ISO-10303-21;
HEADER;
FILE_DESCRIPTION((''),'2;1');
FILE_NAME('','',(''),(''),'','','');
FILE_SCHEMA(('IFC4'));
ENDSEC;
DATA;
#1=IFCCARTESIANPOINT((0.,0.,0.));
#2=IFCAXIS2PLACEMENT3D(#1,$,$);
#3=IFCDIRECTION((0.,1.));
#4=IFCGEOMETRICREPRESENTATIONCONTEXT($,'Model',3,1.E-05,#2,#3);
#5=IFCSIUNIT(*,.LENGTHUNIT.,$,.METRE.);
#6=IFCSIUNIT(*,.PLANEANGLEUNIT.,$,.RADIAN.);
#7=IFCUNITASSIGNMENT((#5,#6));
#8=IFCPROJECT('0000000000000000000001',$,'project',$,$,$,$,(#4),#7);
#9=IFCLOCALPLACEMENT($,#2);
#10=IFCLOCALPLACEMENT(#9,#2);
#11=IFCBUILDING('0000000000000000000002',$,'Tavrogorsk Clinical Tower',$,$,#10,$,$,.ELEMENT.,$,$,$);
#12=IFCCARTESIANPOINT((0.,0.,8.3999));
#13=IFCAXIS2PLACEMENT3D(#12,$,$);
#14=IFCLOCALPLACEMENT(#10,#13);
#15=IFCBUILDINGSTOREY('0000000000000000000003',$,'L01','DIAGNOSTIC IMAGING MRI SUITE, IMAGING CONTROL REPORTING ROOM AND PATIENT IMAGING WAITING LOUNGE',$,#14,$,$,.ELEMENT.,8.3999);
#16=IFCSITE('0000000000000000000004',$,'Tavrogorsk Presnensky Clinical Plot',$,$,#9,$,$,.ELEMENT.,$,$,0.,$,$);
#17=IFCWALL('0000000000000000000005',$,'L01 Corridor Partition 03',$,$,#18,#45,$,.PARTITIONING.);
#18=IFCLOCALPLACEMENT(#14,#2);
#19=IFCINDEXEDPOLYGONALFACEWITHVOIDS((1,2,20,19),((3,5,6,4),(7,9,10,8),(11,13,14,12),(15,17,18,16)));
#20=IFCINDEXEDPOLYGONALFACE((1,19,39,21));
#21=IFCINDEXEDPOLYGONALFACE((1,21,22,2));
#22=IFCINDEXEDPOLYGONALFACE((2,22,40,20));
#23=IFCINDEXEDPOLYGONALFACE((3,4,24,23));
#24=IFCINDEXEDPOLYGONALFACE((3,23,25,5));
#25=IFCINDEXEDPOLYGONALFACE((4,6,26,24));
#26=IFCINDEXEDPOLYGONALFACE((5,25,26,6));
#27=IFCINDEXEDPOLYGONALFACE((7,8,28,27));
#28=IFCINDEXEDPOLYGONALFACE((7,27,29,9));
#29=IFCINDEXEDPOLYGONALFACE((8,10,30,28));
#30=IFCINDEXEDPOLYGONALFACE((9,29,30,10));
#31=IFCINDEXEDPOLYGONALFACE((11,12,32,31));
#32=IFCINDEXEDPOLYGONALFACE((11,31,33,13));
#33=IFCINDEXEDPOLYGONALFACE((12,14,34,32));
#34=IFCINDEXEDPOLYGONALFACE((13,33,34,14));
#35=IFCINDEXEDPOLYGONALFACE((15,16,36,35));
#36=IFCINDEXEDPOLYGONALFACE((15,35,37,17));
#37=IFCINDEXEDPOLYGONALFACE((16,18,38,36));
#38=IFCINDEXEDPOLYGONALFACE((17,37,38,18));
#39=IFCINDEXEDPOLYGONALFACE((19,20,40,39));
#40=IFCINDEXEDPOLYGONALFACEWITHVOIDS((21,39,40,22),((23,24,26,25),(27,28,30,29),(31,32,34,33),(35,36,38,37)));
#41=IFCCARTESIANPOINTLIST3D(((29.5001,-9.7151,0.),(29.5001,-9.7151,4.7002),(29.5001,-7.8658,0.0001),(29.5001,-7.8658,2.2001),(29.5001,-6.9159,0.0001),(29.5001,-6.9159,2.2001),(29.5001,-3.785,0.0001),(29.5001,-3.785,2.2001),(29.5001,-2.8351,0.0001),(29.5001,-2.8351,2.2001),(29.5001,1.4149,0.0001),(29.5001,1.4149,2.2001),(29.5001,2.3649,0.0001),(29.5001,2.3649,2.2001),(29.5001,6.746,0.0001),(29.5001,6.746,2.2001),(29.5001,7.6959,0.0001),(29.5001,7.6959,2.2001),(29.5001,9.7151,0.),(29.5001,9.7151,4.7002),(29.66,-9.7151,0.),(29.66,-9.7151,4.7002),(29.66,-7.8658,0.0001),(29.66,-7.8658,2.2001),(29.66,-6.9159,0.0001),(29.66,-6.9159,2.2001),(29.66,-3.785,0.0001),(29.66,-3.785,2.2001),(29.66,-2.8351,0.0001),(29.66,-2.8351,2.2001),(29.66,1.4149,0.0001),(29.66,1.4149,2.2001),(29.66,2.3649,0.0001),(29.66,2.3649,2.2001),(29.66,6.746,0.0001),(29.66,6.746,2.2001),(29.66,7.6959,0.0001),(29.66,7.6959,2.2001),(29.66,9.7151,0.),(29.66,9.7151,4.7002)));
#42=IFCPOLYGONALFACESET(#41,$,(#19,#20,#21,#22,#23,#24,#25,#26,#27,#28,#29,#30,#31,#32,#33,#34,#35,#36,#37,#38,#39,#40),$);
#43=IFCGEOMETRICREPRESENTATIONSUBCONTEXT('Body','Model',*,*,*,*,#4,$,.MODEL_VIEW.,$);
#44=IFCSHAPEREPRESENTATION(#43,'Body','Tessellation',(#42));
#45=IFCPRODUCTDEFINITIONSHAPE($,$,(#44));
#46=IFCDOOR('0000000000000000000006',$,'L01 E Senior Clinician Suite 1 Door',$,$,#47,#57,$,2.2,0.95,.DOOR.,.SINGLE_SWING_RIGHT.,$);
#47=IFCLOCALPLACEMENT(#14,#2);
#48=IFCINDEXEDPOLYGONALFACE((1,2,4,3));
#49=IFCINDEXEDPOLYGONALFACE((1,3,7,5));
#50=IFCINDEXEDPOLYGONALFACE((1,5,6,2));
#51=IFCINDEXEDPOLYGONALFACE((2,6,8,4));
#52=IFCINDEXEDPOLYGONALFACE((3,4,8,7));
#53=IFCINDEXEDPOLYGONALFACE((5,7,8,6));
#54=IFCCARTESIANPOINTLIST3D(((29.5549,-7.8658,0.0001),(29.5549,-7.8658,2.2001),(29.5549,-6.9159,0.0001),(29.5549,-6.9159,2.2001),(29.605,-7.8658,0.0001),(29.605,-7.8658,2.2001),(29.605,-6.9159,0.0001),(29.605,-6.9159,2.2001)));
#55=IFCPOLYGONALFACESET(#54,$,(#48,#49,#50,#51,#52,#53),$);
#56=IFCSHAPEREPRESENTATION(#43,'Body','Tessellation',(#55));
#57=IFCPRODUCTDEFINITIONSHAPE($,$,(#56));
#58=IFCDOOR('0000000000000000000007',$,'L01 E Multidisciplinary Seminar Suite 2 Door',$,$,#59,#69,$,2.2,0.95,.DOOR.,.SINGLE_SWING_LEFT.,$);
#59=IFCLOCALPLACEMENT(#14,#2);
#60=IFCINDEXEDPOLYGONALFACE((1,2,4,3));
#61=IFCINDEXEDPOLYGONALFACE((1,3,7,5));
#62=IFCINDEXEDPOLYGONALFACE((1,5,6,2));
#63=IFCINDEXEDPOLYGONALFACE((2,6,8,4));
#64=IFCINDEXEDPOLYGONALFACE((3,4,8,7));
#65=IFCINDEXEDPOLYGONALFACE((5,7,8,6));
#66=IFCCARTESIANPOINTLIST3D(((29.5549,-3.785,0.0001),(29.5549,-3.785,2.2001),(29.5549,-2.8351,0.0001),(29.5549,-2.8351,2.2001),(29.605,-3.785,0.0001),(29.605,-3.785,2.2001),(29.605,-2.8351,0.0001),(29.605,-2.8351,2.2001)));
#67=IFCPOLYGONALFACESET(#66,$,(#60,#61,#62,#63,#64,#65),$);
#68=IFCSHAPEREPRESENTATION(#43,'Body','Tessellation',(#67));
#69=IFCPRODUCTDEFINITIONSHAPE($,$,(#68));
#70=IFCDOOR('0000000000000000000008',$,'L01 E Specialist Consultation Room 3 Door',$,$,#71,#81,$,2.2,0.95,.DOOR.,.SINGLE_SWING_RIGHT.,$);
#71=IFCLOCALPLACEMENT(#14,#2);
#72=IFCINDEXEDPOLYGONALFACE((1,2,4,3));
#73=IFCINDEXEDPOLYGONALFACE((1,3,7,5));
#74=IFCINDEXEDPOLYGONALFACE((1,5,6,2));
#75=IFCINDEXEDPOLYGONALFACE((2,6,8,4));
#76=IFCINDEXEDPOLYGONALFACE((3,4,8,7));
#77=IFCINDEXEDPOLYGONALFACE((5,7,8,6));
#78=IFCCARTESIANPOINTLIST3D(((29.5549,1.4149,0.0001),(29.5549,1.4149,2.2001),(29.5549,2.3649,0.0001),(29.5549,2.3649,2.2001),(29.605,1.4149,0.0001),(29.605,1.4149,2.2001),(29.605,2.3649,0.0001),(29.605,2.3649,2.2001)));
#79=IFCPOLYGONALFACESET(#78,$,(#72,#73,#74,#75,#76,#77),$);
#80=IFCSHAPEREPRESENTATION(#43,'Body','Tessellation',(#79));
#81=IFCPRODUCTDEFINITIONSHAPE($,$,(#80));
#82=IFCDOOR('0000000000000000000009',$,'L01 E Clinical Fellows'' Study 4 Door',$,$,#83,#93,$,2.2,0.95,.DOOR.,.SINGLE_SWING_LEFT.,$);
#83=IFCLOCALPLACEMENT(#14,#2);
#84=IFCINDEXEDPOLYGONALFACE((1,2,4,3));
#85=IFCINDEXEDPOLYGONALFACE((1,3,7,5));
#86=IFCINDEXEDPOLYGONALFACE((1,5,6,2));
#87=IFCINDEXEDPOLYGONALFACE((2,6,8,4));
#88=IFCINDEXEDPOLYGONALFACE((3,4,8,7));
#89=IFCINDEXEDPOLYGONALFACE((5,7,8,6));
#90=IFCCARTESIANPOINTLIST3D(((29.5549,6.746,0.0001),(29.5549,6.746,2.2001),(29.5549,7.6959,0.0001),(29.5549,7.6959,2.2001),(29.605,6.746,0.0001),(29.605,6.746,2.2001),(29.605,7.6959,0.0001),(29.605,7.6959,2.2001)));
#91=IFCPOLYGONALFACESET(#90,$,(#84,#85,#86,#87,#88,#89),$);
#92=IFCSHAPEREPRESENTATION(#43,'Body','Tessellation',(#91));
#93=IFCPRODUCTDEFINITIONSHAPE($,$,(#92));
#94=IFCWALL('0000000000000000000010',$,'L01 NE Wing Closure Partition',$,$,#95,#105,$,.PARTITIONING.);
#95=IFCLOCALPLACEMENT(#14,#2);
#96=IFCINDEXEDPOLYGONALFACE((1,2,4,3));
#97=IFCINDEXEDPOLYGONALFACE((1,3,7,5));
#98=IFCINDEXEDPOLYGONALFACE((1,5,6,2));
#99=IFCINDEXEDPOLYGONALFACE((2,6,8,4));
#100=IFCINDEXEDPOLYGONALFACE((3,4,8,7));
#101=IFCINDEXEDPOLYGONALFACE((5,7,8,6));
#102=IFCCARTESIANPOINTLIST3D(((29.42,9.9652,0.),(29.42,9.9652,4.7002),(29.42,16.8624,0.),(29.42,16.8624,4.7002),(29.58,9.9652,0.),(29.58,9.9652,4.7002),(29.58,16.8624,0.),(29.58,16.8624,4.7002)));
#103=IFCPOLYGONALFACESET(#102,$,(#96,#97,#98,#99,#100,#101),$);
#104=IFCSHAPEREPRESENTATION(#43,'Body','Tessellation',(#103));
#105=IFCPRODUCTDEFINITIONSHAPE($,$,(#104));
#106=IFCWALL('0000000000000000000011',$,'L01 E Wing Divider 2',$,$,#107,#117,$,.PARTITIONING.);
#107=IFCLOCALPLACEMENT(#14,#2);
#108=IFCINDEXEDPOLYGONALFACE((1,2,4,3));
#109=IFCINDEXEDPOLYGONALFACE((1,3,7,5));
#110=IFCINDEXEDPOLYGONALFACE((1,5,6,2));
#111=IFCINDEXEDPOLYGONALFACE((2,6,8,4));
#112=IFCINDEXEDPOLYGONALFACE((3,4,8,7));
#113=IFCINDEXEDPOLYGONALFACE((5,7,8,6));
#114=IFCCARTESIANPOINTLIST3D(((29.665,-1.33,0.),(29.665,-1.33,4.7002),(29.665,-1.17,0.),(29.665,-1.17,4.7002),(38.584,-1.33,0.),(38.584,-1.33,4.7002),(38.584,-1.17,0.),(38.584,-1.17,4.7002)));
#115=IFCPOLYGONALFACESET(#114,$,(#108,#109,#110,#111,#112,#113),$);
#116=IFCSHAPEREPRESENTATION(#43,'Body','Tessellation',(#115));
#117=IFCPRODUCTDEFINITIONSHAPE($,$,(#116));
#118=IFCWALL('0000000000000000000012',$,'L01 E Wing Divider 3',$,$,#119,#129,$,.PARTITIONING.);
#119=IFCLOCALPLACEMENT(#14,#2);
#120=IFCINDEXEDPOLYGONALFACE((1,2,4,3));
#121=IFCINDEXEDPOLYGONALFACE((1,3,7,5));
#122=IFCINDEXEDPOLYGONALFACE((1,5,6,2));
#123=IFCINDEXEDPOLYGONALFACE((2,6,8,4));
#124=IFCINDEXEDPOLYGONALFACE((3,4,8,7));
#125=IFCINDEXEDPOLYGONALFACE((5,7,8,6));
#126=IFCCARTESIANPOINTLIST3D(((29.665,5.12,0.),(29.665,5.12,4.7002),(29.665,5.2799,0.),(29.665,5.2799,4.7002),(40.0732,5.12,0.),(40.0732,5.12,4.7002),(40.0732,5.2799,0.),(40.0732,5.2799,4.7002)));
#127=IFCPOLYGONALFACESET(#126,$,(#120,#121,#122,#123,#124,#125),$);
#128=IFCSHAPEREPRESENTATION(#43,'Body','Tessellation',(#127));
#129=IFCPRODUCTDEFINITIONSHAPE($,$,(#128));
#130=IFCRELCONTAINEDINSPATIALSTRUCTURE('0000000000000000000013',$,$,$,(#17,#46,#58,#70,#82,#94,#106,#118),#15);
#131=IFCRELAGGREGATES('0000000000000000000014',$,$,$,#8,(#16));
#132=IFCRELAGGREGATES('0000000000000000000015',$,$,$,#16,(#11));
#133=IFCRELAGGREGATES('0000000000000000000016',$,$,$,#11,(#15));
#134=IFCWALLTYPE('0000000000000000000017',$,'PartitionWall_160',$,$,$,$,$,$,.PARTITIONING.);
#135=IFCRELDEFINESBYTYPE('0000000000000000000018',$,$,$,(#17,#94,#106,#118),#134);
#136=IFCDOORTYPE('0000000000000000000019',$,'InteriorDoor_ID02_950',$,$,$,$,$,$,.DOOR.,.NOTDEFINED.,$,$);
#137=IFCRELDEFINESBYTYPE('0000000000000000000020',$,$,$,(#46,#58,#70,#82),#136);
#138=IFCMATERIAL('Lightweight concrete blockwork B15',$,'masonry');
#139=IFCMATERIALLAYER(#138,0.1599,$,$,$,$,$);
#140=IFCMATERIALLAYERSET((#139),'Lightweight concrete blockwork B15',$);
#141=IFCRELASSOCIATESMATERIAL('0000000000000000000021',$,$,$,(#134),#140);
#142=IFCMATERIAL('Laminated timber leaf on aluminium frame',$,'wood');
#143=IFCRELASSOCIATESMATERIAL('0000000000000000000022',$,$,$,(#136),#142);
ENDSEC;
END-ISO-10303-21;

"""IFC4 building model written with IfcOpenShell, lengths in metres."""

from ifc_helpers import new_model, si_unit, direction, frame, frame_2d, origin, place, context, subcontext, project, spatial, rectangle, extrude, material, layer, layer_set, type_object, element, fill, save


model = new_model("IFC4")

# Units and contexts
model_context = context("Model", 3, precision=1e-05, world=origin(), true_north=direction((0.0, 1.0)))
body_context = subcontext(model_context, "Body", "Model", "MODEL_VIEW")
ifc_project = project(units=[si_unit("LENGTHUNIT", "METRE"), si_unit("PLANEANGLEUNIT", "RADIAN")], contexts=[model_context])

# Site, building, storey
site_placement = place(None, origin())
site = spatial("IfcSite", under=ifc_project, at=site_placement, Name="Tavrogorsk Presnensky Clinical Plot", CompositionType="ELEMENT", RefElevation=0.0)
building_placement = place(site_placement, origin())
building = spatial("IfcBuilding", under=site, at=building_placement, Name="Tavrogorsk Clinical Tower", CompositionType="ELEMENT")
storey_placement = place(building_placement, frame((0.0, 0.0, 8.3999)))
storey = spatial("IfcBuildingStorey", under=building, at=storey_placement, Name="L01", Description="DIAGNOSTIC IMAGING MRI SUITE, IMAGING CONTROL REPORTING ROOM AND PATIENT IMAGING WAITING LOUNGE", CompositionType="ELEMENT", Elevation=8.3999)

# Shared definitions
ifc_material_1 = material(Name="Lightweight concrete blockwork B15", Category="masonry")
ifc_layer_1 = layer(ifc_material_1, 0.1599)
ifc_layer_set_1 = layer_set([ifc_layer_1], Name="Lightweight concrete blockwork B15")
wall_type_1 = type_object("IfcWallType", Name="PartitionWall_160", PredefinedType="PARTITIONING", material=ifc_layer_set_1)

# Wall, openings, doors
wall_1_placement = place(storey_placement, frame((29.5801, 9.7151, 0.0), z_axis=(0.0, 0.0, 1.0), x_axis=(0.0, -1.0, 0.0)))
wall_1 = element("IfcWall", 1, at=wall_1_placement, inside=storey, type_object=wall_type_1, Name="L01 Corridor Partition 03", PredefinedType="PARTITIONING", context=body_context, shape_type="SweptSolid", body=[
    extrude(rectangle(XDim=19.4302, YDim=0.1599, at=frame_2d((9.7151, 0.0))), origin(), (0.0, 0.0, 1.0), 4.7002),
])
opening_1_placement = place(wall_1_placement, frame((16.6309, 0.0, 0.0)))
opening_1 = element("IfcOpeningElement", 2, at=opening_1_placement, cuts=wall_1, PredefinedType="OPENING", context=body_context, shape_type="SweptSolid", body=[
    extrude(rectangle(XDim=0.95, YDim=2.2, at=frame_2d((0.4751, 1.1001))), frame((0.0, 0.0898, 0.0), z_axis=(0.0, -1.0, 0.0), x_axis=(1.0, 0.0, 0.0)), (0.0, 0.0, 1.0), 0.1799),
])
opening_2_placement = place(wall_1_placement, frame((12.55, 0.0, 0.0)))
opening_2 = element("IfcOpeningElement", 3, at=opening_2_placement, cuts=wall_1, PredefinedType="OPENING", context=body_context, shape_type="SweptSolid", body=[
    extrude(rectangle(XDim=0.95, YDim=2.2, at=frame_2d((0.4751, 1.1001))), frame((0.0, 0.0898, 0.0), z_axis=(0.0, -1.0, 0.0), x_axis=(1.0, 0.0, 0.0)), (0.0, 0.0, 1.0), 0.1799),
])
opening_3_placement = place(wall_1_placement, frame((7.3501, 0.0, 0.0)))
opening_3 = element("IfcOpeningElement", 4, at=opening_3_placement, cuts=wall_1, PredefinedType="OPENING", context=body_context, shape_type="SweptSolid", body=[
    extrude(rectangle(XDim=0.95, YDim=2.2, at=frame_2d((0.4751, 1.1001))), frame((0.0, 0.0898, 0.0), z_axis=(0.0, -1.0, 0.0), x_axis=(1.0, 0.0, 0.0)), (0.0, 0.0, 1.0), 0.1799),
])
opening_4_placement = place(wall_1_placement, frame((2.019, 0.0, 0.0)))
opening_4 = element("IfcOpeningElement", 5, at=opening_4_placement, cuts=wall_1, PredefinedType="OPENING", context=body_context, shape_type="SweptSolid", body=[
    extrude(rectangle(XDim=0.95, YDim=2.2, at=frame_2d((0.4751, 1.1001))), frame((0.0, 0.0898, 0.0), z_axis=(0.0, -1.0, 0.0), x_axis=(1.0, 0.0, 0.0)), (0.0, 0.0, 1.0), 0.1799),
])
ifc_material_2 = material(Name="Laminated timber leaf on aluminium frame", Category="wood")
door_type = type_object("IfcDoorType", Name="InteriorDoor_ID02_950", OperationType="NOTDEFINED", PredefinedType="DOOR", material=ifc_material_2)
door_1_placement = place(opening_1_placement, origin())
door_1 = element("IfcDoor", 6, at=door_1_placement, inside=storey, type_object=door_type, Name="L01 E Senior Clinician Suite 1 Door", OperationType="SINGLE_SWING_RIGHT", OverallHeight=2.2, OverallWidth=0.95, PredefinedType="DOOR", context=body_context, shape_type="SweptSolid", body=[
    extrude(rectangle(XDim=0.95, YDim=2.2, at=frame_2d((0.4751, 1.1001))), frame((0.0, 0.0249, 0.0), z_axis=(0.0, -1.0, 0.0), x_axis=(1.0, 0.0, 0.0)), (0.0, 0.0, 1.0), 0.05),
])
fill(opening_1, door_1)
door_2_placement = place(opening_2_placement, origin())
door_2 = element("IfcDoor", 7, at=door_2_placement, inside=storey, type_object=door_type, Name="L01 E Multidisciplinary Seminar Suite 2 Door", OperationType="SINGLE_SWING_LEFT", OverallHeight=2.2, OverallWidth=0.95, PredefinedType="DOOR", context=body_context, shape_type="SweptSolid", body=[
    extrude(rectangle(XDim=0.95, YDim=2.2, at=frame_2d((0.4751, 1.1001))), frame((0.0, 0.0249, 0.0), z_axis=(0.0, -1.0, 0.0), x_axis=(1.0, 0.0, 0.0)), (0.0, 0.0, 1.0), 0.05),
])
fill(opening_2, door_2)
door_3_placement = place(opening_3_placement, origin())
door_3 = element("IfcDoor", 8, at=door_3_placement, inside=storey, type_object=door_type, Name="L01 E Specialist Consultation Room 3 Door", OperationType="SINGLE_SWING_RIGHT", OverallHeight=2.2, OverallWidth=0.95, PredefinedType="DOOR", context=body_context, shape_type="SweptSolid", body=[
    extrude(rectangle(XDim=0.95, YDim=2.2, at=frame_2d((0.4751, 1.1001))), frame((0.0, 0.0249, 0.0), z_axis=(0.0, -1.0, 0.0), x_axis=(1.0, 0.0, 0.0)), (0.0, 0.0, 1.0), 0.05),
])
fill(opening_3, door_3)
door_4_placement = place(opening_4_placement, origin())
door_4 = element("IfcDoor", 9, at=door_4_placement, inside=storey, type_object=door_type, Name="L01 E Clinical Fellows' Study 4 Door", OperationType="SINGLE_SWING_LEFT", OverallHeight=2.2, OverallWidth=0.95, PredefinedType="DOOR", context=body_context, shape_type="SweptSolid", body=[
    extrude(rectangle(XDim=0.95, YDim=2.2, at=frame_2d((0.4751, 1.1001))), frame((0.0, 0.0249, 0.0), z_axis=(0.0, -1.0, 0.0), x_axis=(1.0, 0.0, 0.0)), (0.0, 0.0, 1.0), 0.05),
])
fill(opening_4, door_4)

# Walls
wall_2_placement = place(storey_placement, frame((29.5, 9.9651, 0.0), z_axis=(0.0, 0.0, 1.0), x_axis=(0.0, 1.0, 0.0)))
element("IfcWall", 10, at=wall_2_placement, inside=storey, type_object=wall_type_1, Name="L01 NE Wing Closure Partition", PredefinedType="PARTITIONING", context=body_context, shape_type="SweptSolid", body=[
    extrude(rectangle(XDim=6.8972, YDim=0.1599, at=frame_2d((3.4487, 0.0))), origin(), (0.0, 0.0, 1.0), 4.7002),
])
wall_3_placement = place(storey_placement, frame((29.665, -1.25, 0.0), z_axis=(0.0, 0.0, 1.0), x_axis=(1.0, 0.0, 0.0)))
element("IfcWall", 11, at=wall_3_placement, inside=storey, type_object=wall_type_1, Name="L01 E Wing Divider 2", PredefinedType="PARTITIONING", context=body_context, shape_type="SweptSolid", body=[
    extrude(rectangle(XDim=8.9189, YDim=0.1599, at=frame_2d((4.4595, 0.0))), origin(), (0.0, 0.0, 1.0), 4.7002),
])
wall_4_placement = place(storey_placement, frame((29.665, 5.2, 0.0), z_axis=(0.0, 0.0, 1.0), x_axis=(1.0, 0.0, 0.0)))
element("IfcWall", 12, at=wall_4_placement, inside=storey, type_object=wall_type_1, Name="L01 E Wing Divider 3", PredefinedType="PARTITIONING", context=body_context, shape_type="SweptSolid", body=[
    extrude(rectangle(XDim=10.4082, YDim=0.1599, at=frame_2d((5.2041, 0.0))), origin(), (0.0, 0.0, 1.0), 4.7002),
])

save(model, "model.ifc")
